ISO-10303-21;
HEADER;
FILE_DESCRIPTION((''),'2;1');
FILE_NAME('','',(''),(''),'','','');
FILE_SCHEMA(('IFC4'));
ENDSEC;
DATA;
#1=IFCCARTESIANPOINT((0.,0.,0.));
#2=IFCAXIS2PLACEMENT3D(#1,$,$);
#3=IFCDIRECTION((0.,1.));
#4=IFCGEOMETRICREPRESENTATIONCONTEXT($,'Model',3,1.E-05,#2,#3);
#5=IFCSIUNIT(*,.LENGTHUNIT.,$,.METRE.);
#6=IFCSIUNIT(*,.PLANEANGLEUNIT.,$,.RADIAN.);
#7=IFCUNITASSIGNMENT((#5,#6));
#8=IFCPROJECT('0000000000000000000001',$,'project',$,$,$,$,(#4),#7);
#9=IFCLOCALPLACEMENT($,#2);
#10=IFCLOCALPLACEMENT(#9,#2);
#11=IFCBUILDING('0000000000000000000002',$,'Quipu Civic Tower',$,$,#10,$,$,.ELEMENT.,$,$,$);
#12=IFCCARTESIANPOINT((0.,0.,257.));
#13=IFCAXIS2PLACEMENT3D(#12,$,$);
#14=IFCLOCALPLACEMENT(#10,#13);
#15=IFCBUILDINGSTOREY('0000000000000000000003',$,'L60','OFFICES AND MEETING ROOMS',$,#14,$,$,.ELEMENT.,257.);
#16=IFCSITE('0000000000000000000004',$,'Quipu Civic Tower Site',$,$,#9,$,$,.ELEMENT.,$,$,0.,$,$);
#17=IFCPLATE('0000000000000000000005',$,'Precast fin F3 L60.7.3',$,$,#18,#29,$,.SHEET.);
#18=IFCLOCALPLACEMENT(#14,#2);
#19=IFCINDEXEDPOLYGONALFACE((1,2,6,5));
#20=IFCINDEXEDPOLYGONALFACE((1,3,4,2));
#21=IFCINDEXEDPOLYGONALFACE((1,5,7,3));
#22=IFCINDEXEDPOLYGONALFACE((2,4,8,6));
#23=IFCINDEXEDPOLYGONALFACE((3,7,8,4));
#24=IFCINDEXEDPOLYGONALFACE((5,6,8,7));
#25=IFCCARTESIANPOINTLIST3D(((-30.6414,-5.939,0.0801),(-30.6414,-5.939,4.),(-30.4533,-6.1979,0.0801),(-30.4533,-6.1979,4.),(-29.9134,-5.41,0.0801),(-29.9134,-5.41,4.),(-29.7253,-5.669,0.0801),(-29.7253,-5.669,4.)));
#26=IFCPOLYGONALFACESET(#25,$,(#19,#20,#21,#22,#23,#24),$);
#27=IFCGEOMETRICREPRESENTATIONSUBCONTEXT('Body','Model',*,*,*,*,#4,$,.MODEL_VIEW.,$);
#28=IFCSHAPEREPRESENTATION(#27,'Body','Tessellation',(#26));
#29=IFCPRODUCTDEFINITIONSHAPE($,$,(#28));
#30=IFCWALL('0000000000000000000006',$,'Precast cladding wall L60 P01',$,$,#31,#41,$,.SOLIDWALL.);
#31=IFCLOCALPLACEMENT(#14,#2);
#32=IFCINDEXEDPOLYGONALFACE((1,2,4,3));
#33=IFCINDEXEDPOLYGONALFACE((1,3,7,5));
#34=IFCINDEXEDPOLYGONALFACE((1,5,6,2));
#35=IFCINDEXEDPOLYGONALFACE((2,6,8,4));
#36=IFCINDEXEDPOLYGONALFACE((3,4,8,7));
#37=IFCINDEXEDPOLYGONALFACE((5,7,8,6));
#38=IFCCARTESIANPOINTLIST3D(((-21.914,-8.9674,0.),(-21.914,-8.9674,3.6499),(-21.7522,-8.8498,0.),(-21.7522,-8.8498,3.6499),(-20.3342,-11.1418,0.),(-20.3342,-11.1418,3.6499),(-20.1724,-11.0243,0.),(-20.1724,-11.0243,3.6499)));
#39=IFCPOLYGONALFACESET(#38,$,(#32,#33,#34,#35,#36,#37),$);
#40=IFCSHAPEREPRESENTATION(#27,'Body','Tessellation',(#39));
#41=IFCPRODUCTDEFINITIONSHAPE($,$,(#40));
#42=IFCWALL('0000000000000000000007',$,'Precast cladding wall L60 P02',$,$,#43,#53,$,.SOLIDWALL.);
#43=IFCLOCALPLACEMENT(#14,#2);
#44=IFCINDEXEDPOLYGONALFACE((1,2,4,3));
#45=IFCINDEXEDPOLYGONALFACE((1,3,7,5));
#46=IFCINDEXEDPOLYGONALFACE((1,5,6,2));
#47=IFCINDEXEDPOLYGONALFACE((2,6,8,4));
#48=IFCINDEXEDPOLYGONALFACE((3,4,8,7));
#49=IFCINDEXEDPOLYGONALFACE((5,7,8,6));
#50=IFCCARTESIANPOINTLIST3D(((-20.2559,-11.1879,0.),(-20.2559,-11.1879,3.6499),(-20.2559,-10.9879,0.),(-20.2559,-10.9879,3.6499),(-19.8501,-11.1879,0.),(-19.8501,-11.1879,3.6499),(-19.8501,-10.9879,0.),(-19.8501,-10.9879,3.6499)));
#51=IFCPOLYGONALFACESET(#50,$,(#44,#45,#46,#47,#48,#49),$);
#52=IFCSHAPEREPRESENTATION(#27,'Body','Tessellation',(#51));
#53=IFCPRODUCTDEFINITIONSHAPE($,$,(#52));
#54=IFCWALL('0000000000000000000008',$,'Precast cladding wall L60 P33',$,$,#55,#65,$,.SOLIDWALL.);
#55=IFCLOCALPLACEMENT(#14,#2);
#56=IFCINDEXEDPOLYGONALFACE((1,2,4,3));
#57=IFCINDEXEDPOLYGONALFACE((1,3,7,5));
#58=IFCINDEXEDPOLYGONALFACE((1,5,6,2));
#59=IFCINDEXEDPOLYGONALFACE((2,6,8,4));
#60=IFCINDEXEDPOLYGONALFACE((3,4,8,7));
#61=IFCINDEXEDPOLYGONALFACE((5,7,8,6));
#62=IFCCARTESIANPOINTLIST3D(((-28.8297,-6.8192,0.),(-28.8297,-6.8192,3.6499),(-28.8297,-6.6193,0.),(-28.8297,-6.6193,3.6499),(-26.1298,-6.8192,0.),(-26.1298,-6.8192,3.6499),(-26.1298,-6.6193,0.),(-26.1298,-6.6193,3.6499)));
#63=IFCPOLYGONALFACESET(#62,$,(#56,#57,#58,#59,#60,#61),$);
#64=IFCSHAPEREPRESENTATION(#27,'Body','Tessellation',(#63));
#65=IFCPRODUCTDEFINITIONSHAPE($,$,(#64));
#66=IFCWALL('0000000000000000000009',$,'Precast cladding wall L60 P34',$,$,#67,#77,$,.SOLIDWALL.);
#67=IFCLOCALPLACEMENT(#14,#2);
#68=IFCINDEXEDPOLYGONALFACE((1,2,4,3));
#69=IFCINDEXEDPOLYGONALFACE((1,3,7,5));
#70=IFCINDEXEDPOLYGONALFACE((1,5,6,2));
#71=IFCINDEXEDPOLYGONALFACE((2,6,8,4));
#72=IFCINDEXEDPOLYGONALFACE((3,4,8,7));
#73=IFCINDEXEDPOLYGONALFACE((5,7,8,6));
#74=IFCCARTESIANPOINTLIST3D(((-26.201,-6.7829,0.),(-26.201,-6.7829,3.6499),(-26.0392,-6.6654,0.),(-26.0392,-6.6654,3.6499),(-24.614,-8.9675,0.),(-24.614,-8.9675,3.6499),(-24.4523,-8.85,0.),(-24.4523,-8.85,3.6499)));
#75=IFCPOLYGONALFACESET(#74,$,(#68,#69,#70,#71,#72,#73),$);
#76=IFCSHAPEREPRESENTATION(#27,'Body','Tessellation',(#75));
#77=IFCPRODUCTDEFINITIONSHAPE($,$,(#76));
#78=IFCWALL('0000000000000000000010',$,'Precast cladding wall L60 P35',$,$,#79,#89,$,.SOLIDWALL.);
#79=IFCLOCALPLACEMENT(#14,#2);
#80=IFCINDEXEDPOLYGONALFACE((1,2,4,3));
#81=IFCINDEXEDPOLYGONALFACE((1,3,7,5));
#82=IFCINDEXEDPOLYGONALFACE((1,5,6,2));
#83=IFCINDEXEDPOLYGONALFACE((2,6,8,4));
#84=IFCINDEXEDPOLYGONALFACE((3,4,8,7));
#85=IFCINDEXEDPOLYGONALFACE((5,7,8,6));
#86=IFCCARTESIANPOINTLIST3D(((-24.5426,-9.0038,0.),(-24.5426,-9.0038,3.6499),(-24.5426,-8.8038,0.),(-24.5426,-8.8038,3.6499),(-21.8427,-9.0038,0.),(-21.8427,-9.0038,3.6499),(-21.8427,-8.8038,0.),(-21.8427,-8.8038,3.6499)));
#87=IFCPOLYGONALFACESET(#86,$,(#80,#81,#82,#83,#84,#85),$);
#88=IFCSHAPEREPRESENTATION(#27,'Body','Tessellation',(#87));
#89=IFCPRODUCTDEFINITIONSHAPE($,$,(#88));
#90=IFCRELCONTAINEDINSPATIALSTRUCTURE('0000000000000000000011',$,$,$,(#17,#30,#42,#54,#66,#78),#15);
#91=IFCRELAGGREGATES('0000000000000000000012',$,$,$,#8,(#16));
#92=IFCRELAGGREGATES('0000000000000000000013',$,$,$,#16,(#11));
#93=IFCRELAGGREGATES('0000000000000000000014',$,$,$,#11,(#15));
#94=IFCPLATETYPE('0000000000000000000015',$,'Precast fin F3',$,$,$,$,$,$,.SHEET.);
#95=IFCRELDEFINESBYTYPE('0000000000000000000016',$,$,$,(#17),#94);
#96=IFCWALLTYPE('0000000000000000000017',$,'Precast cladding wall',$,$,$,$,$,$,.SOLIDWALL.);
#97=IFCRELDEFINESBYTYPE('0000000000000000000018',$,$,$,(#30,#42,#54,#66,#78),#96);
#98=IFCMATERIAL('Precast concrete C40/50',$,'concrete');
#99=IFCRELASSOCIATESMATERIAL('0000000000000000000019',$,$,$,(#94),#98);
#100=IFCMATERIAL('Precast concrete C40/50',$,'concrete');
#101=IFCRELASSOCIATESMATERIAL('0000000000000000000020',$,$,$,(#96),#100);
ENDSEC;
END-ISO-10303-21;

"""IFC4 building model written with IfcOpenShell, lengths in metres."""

from ifc_helpers import new_model, si_unit, direction, frame, frame_2d, origin, origin_2d, place, context, subcontext, project, spatial, rectangle, extrude, material, type_object, element, save


model = new_model("IFC4")

# Units and contexts
model_context = context("Model", 3, precision=1e-05, world=origin(), true_north=direction((0.0, 1.0)))
body_context = subcontext(model_context, "Body", "Model", "MODEL_VIEW")
ifc_project = project(units=[si_unit("LENGTHUNIT", "METRE"), si_unit("PLANEANGLEUNIT", "RADIAN")], contexts=[model_context])

# Site, building, storey
site_placement = place(None, origin())
site = spatial("IfcSite", under=ifc_project, at=site_placement, Name="Quipu Civic Tower Site", CompositionType="ELEMENT", RefElevation=0.0)
building_placement = place(site_placement, origin())
building = spatial("IfcBuilding", under=site, at=building_placement, Name="Quipu Civic Tower", CompositionType="ELEMENT")
storey_placement = place(building_placement, frame((0.0, 0.0, 257.0)))
storey = spatial("IfcBuildingStorey", under=building, at=storey_placement, Name="L60", Description="OFFICES AND MEETING ROOMS", CompositionType="ELEMENT", Elevation=257.0)

# Plate
ifc_material_1 = material(Name="Precast concrete C40/50", Category="concrete")
plate_type_1 = type_object("IfcPlateType", Name="Precast fin F3", PredefinedType="SHEET", material=ifc_material_1)
for number, where, z_axis, x_axis, name in (
    (1, (-30.1833, -5.804, 0.0801), (0.0, 0.0, 1.0), (0.58778, -0.80902, 0.0), "Precast fin F3 L60.7.3"),
):
    element("IfcPlate", number, at=place(storey_placement, frame(where, z_axis=z_axis, x_axis=x_axis)), inside=storey, type_object=plate_type_1, Name=name, PredefinedType="SHEET", context=body_context, shape_type="SweptSolid", body=[
        extrude(rectangle(XDim=0.3201, YDim=0.8999, at=origin_2d()), origin(), (0.0, 0.0, 1.0), 3.9199),
    ])

# Walls
ifc_material_2 = material(Name="Precast concrete C40/50", Category="concrete")
wall_type = type_object("IfcWallType", Name="Precast cladding wall", PredefinedType="SOLIDWALL", material=ifc_material_2)
wall_1_placement = place(storey_placement, frame((-21.833, -8.9087, 0.0), z_axis=(0.0, 0.0, 1.0), x_axis=(0.587767, -0.809031, 0.0)))
element("IfcWall", 2, at=wall_1_placement, inside=storey, type_object=wall_type, Name="Precast cladding wall L60 P01", PredefinedType="SOLIDWALL", context=body_context, shape_type="SweptSolid", body=[
    extrude(rectangle(XDim=2.6877, YDim=0.2, at=frame_2d((1.3438, 0.0))), origin(), (0.0, 0.0, 1.0), 3.6499),
])
wall_2_placement = place(storey_placement, frame((-20.2559, -11.0879, 0.0), z_axis=(0.0, 0.0, 1.0), x_axis=(1.0, 0.0, 0.0)))
element("IfcWall", 3, at=wall_2_placement, inside=storey, type_object=wall_type, Name="Precast cladding wall L60 P02", PredefinedType="SOLIDWALL", context=body_context, shape_type="SweptSolid", body=[
    extrude(rectangle(XDim=0.4058, YDim=0.2, at=frame_2d((0.2029, 0.0))), origin(), (0.0, 0.0, 1.0), 3.6499),
])
wall_3_placement = place(storey_placement, frame((-28.8298, -6.7192, 0.0), z_axis=(0.0, 0.0, 1.0), x_axis=(1.0, 0.0, 0.0)))
element("IfcWall", 4, at=wall_3_placement, inside=storey, type_object=wall_type, Name="Precast cladding wall L60 P33", PredefinedType="SOLIDWALL", context=body_context, shape_type="SweptSolid", body=[
    extrude(rectangle(XDim=2.7, YDim=0.2, at=frame_2d((1.3501, 0.0))), origin(), (0.0, 0.0, 1.0), 3.6499),
])
wall_4_placement = place(storey_placement, frame((-26.1201, -6.7241, 0.0), z_axis=(0.0, 0.0, 1.0), x_axis=(0.58772, -0.809064, 0.0)))
element("IfcWall", 5, at=wall_4_placement, inside=storey, type_object=wall_type, Name="Precast cladding wall L60 P34", PredefinedType="SOLIDWALL", context=body_context, shape_type="SweptSolid", body=[
    extrude(rectangle(XDim=2.7002, YDim=0.2, at=frame_2d((1.3501, 0.0))), origin(), (0.0, 0.0, 1.0), 3.6499),
])
wall_5_placement = place(storey_placement, frame((-24.5427, -8.9038, 0.0), z_axis=(0.0, 0.0, 1.0), x_axis=(1.0, 0.0, 0.0)))
element("IfcWall", 6, at=wall_5_placement, inside=storey, type_object=wall_type, Name="Precast cladding wall L60 P35", PredefinedType="SOLIDWALL", context=body_context, shape_type="SweptSolid", body=[
    extrude(rectangle(XDim=2.7, YDim=0.2, at=frame_2d((1.3501, 0.0))), origin(), (0.0, 0.0, 1.0), 3.6499),
])

save(model, "model.ifc")
